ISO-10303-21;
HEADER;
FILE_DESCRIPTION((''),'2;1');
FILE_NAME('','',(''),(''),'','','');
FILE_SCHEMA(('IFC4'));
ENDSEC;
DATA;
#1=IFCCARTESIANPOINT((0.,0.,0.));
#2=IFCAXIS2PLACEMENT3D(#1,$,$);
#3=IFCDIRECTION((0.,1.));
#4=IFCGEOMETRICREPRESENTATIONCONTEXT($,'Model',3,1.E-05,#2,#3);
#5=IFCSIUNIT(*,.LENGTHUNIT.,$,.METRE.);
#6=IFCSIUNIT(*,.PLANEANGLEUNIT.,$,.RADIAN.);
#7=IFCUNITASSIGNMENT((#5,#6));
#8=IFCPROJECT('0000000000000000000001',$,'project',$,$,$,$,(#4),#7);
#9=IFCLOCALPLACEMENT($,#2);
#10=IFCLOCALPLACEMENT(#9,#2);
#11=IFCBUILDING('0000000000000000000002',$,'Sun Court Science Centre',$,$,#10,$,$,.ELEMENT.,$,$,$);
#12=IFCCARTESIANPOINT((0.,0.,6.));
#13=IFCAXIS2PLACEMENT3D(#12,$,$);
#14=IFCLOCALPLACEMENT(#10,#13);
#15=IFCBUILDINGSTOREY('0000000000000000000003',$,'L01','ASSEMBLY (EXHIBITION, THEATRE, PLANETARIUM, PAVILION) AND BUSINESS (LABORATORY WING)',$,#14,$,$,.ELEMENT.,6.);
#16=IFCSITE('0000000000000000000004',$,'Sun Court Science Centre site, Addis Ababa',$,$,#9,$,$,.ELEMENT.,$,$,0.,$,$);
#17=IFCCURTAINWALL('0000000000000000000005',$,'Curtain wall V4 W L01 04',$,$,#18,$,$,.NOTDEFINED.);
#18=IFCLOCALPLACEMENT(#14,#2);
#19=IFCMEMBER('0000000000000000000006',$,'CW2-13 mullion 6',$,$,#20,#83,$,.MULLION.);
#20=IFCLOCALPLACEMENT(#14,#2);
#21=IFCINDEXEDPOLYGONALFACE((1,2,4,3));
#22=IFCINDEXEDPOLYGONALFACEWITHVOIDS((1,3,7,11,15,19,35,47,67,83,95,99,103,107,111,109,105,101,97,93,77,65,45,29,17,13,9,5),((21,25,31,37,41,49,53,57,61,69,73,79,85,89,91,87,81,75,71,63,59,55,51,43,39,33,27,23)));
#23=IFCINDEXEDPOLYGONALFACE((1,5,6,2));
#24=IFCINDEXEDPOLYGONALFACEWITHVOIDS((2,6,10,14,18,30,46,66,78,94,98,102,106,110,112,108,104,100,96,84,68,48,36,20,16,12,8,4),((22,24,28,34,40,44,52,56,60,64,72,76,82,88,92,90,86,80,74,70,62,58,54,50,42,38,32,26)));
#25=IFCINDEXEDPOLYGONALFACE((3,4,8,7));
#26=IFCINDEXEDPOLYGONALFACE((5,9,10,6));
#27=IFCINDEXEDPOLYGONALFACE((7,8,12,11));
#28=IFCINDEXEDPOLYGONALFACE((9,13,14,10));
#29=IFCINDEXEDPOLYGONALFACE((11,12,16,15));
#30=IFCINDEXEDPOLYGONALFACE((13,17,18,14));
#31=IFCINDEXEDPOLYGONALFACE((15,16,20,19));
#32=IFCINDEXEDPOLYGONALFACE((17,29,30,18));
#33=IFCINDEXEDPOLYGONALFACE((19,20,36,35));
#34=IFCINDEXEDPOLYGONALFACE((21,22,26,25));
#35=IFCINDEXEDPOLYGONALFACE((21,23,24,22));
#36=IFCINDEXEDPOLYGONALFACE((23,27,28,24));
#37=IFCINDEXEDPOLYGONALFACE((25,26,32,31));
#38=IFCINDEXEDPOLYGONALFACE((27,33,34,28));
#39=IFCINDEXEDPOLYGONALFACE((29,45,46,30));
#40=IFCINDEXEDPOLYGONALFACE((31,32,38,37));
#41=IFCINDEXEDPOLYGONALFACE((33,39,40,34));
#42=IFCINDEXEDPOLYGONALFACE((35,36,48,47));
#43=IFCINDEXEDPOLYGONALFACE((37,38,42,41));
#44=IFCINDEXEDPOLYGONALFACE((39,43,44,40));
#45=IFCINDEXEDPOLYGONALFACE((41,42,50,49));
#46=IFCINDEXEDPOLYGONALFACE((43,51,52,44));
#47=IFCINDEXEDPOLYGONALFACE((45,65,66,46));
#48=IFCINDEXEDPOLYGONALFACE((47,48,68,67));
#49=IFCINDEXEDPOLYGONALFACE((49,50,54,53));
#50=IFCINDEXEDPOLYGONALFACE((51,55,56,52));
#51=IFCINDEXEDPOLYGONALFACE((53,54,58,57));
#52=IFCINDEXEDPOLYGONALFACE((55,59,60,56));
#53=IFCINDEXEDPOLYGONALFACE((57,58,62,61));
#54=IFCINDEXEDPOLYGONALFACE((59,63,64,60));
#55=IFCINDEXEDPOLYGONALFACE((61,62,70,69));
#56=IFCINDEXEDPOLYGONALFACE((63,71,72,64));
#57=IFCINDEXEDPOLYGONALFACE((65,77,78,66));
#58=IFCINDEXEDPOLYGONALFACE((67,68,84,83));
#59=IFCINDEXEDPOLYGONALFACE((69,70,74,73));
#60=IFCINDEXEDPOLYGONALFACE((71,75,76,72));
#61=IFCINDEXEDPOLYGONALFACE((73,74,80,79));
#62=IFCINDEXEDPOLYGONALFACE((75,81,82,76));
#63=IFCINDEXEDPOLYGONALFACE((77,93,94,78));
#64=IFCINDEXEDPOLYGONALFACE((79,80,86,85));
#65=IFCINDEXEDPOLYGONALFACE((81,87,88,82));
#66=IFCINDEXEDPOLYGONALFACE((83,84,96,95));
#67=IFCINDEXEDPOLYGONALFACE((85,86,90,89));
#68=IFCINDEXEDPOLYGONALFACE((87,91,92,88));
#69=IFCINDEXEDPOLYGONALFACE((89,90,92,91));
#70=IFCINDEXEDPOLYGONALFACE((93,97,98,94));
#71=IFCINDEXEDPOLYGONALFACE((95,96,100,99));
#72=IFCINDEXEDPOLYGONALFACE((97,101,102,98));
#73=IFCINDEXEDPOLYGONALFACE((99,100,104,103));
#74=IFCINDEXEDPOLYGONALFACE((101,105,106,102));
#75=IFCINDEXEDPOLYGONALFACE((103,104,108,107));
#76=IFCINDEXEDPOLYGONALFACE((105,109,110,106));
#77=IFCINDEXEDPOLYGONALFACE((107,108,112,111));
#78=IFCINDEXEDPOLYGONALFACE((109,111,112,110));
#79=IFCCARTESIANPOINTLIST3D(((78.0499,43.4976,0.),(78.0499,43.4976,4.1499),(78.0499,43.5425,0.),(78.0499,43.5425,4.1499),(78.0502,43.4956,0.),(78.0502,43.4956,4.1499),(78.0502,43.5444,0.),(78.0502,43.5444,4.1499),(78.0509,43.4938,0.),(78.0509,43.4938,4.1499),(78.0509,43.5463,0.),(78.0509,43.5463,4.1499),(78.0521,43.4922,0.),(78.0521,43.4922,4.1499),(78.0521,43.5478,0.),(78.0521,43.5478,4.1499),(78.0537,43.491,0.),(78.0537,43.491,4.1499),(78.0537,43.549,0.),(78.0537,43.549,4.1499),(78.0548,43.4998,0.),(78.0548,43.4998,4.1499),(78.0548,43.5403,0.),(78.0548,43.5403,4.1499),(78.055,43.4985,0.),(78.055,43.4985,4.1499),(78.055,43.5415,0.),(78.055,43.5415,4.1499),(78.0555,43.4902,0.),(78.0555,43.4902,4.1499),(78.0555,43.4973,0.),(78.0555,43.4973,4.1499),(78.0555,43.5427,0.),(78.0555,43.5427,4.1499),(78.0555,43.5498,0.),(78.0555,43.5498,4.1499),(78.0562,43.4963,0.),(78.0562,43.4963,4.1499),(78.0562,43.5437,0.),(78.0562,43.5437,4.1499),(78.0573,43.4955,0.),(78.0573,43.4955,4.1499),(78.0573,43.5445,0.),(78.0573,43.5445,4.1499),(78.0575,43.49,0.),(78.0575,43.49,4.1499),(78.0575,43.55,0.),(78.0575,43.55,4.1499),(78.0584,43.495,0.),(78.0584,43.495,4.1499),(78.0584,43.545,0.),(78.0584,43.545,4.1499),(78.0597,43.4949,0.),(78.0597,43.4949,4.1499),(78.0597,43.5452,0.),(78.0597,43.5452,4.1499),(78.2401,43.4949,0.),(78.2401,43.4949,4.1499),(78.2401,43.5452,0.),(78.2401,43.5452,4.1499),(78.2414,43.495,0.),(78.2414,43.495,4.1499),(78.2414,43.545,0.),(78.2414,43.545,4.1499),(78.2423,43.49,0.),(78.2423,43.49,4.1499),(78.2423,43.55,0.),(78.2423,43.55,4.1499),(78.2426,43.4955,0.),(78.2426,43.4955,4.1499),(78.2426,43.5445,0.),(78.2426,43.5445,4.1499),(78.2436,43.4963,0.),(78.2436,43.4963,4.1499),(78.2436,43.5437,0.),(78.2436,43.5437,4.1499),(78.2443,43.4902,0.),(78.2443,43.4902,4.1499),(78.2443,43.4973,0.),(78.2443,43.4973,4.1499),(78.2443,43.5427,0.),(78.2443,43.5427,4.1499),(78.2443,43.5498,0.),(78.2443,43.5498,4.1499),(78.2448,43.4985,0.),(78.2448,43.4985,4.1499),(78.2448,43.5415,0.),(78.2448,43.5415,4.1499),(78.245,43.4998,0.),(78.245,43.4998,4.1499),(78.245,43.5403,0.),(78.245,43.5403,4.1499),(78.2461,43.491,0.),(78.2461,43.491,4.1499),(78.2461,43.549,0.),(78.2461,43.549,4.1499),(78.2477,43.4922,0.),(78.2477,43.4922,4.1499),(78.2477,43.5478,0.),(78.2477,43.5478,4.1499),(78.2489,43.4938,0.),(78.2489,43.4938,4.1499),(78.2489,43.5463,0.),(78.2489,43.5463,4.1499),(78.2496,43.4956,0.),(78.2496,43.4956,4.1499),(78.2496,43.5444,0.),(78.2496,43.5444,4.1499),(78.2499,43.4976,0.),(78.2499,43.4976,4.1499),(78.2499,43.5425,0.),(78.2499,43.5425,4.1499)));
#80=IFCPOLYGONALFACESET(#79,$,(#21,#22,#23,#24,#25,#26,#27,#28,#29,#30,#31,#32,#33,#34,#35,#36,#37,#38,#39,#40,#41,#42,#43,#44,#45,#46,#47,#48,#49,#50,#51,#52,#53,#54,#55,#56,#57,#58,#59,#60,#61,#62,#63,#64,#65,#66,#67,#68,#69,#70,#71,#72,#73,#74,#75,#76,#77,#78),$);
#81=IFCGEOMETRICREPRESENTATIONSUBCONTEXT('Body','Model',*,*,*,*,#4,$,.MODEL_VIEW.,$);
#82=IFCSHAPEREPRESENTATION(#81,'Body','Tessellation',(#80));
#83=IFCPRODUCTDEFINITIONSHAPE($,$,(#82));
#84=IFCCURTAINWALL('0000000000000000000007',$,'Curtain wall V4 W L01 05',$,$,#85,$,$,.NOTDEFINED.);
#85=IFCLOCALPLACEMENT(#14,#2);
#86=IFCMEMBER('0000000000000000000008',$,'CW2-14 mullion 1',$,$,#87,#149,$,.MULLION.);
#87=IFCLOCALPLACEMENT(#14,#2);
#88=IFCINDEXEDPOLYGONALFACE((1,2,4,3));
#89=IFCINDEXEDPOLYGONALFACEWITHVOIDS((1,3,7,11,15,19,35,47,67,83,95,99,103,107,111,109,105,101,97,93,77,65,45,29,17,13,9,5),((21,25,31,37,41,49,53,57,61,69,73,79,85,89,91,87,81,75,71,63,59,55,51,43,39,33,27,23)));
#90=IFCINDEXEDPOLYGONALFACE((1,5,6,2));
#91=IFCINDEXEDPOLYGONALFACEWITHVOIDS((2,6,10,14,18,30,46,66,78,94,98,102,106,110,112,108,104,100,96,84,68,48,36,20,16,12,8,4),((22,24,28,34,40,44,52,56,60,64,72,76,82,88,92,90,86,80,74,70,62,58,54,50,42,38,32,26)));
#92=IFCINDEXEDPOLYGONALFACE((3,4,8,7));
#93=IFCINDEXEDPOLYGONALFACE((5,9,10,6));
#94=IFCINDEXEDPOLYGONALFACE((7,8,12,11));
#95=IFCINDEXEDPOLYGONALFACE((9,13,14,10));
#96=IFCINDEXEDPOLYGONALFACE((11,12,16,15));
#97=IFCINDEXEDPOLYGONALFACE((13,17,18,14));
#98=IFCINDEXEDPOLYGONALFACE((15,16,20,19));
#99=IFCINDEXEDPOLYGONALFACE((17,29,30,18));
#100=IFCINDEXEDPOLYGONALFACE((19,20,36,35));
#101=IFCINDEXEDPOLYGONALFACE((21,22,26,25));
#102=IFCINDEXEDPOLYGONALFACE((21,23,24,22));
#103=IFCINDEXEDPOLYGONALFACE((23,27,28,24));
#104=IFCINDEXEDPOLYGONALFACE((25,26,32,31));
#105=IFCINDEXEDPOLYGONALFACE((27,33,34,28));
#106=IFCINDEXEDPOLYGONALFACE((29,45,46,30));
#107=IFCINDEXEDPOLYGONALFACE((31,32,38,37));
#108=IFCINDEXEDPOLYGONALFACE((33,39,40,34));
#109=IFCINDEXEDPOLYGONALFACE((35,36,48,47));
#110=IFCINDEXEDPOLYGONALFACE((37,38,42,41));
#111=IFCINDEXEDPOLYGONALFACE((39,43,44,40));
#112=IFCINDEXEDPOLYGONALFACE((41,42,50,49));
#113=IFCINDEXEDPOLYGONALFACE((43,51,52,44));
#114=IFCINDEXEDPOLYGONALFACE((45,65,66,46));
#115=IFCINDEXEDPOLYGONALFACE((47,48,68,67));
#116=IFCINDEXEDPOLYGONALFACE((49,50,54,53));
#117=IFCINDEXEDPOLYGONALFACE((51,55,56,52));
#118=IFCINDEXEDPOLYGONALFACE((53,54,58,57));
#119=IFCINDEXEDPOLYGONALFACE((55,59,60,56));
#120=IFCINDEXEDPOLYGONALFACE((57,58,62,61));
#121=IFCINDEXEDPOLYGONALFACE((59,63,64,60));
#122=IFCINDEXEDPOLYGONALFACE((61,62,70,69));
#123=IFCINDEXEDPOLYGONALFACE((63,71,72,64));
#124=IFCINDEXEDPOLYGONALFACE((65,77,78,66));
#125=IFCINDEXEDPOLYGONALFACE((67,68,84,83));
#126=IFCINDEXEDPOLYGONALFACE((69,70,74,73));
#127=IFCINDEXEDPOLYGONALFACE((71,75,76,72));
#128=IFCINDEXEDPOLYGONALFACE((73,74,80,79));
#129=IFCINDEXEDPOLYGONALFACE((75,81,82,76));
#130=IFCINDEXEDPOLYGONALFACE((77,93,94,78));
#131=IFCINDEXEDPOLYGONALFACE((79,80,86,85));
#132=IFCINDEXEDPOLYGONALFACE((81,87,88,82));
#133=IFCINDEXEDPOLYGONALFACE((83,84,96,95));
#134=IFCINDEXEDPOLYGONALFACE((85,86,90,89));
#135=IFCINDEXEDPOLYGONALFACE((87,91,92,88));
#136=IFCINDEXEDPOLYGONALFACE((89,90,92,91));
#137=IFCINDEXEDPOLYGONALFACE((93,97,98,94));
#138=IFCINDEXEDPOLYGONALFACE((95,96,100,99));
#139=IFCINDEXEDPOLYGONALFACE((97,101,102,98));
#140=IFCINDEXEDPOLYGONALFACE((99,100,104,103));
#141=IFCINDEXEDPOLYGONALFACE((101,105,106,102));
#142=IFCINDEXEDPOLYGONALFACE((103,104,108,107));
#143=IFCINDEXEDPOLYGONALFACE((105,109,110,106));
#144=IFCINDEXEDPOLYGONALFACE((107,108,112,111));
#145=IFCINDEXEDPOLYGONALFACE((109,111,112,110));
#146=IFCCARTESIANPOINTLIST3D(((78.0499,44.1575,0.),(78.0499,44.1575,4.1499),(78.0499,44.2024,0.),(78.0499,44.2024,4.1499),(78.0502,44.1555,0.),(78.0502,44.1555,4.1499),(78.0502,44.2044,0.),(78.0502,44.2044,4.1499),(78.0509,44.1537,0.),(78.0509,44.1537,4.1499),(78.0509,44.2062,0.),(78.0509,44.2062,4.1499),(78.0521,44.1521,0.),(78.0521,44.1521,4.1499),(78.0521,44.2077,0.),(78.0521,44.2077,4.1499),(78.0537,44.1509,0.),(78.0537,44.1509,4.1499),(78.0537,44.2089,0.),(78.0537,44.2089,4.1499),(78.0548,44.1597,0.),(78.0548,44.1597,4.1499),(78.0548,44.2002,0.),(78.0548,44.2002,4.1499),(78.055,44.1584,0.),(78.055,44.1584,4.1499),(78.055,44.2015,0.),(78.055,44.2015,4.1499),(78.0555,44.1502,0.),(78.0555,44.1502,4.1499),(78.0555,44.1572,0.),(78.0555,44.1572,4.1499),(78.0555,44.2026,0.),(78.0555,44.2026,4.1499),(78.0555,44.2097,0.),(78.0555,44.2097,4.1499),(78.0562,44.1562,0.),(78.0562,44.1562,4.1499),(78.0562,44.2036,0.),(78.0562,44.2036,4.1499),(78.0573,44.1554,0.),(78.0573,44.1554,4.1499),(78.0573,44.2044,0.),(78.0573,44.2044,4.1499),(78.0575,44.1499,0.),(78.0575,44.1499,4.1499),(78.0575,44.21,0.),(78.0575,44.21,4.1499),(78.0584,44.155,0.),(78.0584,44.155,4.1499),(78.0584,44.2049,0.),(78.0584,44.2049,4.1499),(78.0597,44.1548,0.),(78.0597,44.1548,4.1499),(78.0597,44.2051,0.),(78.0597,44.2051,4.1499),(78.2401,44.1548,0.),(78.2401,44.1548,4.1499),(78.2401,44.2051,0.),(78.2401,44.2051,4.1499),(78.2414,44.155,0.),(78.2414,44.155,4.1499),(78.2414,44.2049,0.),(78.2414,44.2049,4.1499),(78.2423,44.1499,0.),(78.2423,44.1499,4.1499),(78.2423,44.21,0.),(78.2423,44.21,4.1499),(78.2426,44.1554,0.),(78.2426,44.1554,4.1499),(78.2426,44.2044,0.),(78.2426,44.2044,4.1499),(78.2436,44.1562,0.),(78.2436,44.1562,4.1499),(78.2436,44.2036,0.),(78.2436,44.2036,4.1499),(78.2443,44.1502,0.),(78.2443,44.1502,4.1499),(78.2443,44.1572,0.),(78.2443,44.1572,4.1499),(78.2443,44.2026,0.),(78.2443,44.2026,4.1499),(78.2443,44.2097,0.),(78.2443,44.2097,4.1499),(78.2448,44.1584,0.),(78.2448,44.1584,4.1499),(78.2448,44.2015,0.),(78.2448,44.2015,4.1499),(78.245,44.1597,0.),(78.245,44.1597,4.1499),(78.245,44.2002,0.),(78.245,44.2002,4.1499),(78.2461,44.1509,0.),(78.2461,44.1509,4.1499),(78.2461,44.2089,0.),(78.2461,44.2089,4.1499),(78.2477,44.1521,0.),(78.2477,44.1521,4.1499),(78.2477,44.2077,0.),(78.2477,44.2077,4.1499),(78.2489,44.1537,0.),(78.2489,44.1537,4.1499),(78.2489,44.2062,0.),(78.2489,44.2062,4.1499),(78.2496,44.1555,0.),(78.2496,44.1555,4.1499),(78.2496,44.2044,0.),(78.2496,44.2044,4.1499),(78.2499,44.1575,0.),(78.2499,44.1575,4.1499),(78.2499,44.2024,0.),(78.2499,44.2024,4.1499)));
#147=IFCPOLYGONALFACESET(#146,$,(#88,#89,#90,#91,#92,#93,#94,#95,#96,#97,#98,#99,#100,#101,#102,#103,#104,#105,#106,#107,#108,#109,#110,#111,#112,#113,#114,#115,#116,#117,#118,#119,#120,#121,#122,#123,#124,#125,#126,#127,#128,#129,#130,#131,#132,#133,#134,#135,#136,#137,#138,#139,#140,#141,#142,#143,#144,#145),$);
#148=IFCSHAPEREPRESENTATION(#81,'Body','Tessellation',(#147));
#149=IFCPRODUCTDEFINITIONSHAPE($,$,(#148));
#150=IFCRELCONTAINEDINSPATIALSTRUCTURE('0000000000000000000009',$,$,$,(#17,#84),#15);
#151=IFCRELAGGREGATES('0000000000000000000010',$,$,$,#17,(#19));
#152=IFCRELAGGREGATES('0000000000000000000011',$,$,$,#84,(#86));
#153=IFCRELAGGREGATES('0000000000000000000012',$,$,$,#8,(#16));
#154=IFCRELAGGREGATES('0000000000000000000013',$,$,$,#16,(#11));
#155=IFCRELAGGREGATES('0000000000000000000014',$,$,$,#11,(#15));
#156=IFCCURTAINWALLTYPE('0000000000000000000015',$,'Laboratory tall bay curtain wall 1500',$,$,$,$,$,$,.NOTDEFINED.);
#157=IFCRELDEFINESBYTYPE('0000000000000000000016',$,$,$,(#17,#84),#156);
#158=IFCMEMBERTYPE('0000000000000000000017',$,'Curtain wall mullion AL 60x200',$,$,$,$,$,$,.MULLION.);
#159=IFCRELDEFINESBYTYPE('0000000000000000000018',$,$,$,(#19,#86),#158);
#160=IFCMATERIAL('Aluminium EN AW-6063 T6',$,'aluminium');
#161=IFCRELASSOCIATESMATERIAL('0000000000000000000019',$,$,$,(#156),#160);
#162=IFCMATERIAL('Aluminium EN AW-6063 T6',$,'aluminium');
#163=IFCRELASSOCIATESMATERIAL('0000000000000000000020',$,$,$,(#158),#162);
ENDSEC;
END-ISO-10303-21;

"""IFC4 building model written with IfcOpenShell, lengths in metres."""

from ifc_helpers import new_model, si_unit, direction, frame, origin, origin_2d, place, context, subcontext, project, spatial, hollow_rectangle, extrude, material, material_profile, profile_set, type_object, element, aggregate, save


model = new_model("IFC4")

# Units and contexts
model_context = context("Model", 3, precision=1e-05, world=origin(), true_north=direction((0.0, 1.0)))
body_context = subcontext(model_context, "Body", "Model", "MODEL_VIEW")
ifc_project = project(units=[si_unit("LENGTHUNIT", "METRE"), si_unit("PLANEANGLEUNIT", "RADIAN")], contexts=[model_context])

# Site, building, storey
site_placement = place(None, origin())
site = spatial("IfcSite", under=ifc_project, at=site_placement, Name="Sun Court Science Centre site, Addis Ababa", CompositionType="ELEMENT", RefElevation=0.0)
building_placement = place(site_placement, origin())
building = spatial("IfcBuilding", under=site, at=building_placement, Name="Sun Court Science Centre", CompositionType="ELEMENT")
storey_placement = place(building_placement, frame((0.0, 0.0, 6.0)))
storey = spatial("IfcBuildingStorey", under=building, at=storey_placement, Name="L01", Description="ASSEMBLY (EXHIBITION, THEATRE, PLANETARIUM, PAVILION) AND BUSINESS (LABORATORY WING)", CompositionType="ELEMENT", Elevation=6.0)

# Curtain walls, members
ifc_material_1 = material(Name="Aluminium EN AW-6063 T6", Category="aluminium")
curtain_wall_type_1 = type_object("IfcCurtainWallType", Name="Laboratory tall bay curtain wall 1500", PredefinedType="NOTDEFINED", material=ifc_material_1)
curtain_wall_1_placement = place(storey_placement, origin())
curtain_wall_1 = element("IfcCurtainWall", 1, at=curtain_wall_1_placement, inside=storey, type_object=curtain_wall_type_1, Name="Curtain wall V4 W L01 04", PredefinedType="NOTDEFINED")
ifc_material_2 = material(Name="Aluminium EN AW-6063 T6", Category="aluminium")
ifc_material_profile_1 = material_profile(ifc_material_2, hollow_rectangle(XDim=0.0601, YDim=0.2, WallThickness=0.0049, InnerFilletRadius=0.0049, OuterFilletRadius=0.0076, at=origin_2d()), Name="AL 60x200x5")
ifc_profile_set_1 = profile_set([ifc_material_profile_1], Name="Aluminium EN AW-6063 T6")
member_type_1 = type_object("IfcMemberType", Name="Curtain wall mullion AL 60x200", PredefinedType="MULLION", material=ifc_profile_set_1)
member_1_placement = place(storey_placement, frame((78.1499, 43.52, 0.0), z_axis=(0.0, 0.0, 1.0), x_axis=(0.0, 1.0, 0.0)))
member_1 = element("IfcMember", 2, at=member_1_placement, type_object=member_type_1, Name="CW2-13 mullion 6", PredefinedType="MULLION", context=body_context, shape_type="SweptSolid", body=[
    extrude(hollow_rectangle(XDim=0.0601, YDim=0.2, WallThickness=0.0049, InnerFilletRadius=0.0049, OuterFilletRadius=0.0076, at=origin_2d()), origin(), (0.0, 0.0, 1.0), 4.1499),
])
curtain_wall_2_placement = place(storey_placement, origin())
curtain_wall_2 = element("IfcCurtainWall", 3, at=curtain_wall_2_placement, inside=storey, type_object=curtain_wall_type_1, Name="Curtain wall V4 W L01 05", PredefinedType="NOTDEFINED")
member_2_placement = place(storey_placement, frame((78.1499, 44.1799, 0.0), z_axis=(0.0, 0.0, 1.0), x_axis=(0.0, 1.0, 0.0)))
member_2 = element("IfcMember", 4, at=member_2_placement, type_object=member_type_1, Name="CW2-14 mullion 1", PredefinedType="MULLION", context=body_context, shape_type="SweptSolid", body=[
    extrude(hollow_rectangle(XDim=0.0601, YDim=0.2, WallThickness=0.0049, InnerFilletRadius=0.0049, OuterFilletRadius=0.0076, at=origin_2d()), origin(), (0.0, 0.0, 1.0), 4.1499),
])

aggregate(curtain_wall_1, [member_1])
aggregate(curtain_wall_2, [member_2])

save(model, "model.ifc")
